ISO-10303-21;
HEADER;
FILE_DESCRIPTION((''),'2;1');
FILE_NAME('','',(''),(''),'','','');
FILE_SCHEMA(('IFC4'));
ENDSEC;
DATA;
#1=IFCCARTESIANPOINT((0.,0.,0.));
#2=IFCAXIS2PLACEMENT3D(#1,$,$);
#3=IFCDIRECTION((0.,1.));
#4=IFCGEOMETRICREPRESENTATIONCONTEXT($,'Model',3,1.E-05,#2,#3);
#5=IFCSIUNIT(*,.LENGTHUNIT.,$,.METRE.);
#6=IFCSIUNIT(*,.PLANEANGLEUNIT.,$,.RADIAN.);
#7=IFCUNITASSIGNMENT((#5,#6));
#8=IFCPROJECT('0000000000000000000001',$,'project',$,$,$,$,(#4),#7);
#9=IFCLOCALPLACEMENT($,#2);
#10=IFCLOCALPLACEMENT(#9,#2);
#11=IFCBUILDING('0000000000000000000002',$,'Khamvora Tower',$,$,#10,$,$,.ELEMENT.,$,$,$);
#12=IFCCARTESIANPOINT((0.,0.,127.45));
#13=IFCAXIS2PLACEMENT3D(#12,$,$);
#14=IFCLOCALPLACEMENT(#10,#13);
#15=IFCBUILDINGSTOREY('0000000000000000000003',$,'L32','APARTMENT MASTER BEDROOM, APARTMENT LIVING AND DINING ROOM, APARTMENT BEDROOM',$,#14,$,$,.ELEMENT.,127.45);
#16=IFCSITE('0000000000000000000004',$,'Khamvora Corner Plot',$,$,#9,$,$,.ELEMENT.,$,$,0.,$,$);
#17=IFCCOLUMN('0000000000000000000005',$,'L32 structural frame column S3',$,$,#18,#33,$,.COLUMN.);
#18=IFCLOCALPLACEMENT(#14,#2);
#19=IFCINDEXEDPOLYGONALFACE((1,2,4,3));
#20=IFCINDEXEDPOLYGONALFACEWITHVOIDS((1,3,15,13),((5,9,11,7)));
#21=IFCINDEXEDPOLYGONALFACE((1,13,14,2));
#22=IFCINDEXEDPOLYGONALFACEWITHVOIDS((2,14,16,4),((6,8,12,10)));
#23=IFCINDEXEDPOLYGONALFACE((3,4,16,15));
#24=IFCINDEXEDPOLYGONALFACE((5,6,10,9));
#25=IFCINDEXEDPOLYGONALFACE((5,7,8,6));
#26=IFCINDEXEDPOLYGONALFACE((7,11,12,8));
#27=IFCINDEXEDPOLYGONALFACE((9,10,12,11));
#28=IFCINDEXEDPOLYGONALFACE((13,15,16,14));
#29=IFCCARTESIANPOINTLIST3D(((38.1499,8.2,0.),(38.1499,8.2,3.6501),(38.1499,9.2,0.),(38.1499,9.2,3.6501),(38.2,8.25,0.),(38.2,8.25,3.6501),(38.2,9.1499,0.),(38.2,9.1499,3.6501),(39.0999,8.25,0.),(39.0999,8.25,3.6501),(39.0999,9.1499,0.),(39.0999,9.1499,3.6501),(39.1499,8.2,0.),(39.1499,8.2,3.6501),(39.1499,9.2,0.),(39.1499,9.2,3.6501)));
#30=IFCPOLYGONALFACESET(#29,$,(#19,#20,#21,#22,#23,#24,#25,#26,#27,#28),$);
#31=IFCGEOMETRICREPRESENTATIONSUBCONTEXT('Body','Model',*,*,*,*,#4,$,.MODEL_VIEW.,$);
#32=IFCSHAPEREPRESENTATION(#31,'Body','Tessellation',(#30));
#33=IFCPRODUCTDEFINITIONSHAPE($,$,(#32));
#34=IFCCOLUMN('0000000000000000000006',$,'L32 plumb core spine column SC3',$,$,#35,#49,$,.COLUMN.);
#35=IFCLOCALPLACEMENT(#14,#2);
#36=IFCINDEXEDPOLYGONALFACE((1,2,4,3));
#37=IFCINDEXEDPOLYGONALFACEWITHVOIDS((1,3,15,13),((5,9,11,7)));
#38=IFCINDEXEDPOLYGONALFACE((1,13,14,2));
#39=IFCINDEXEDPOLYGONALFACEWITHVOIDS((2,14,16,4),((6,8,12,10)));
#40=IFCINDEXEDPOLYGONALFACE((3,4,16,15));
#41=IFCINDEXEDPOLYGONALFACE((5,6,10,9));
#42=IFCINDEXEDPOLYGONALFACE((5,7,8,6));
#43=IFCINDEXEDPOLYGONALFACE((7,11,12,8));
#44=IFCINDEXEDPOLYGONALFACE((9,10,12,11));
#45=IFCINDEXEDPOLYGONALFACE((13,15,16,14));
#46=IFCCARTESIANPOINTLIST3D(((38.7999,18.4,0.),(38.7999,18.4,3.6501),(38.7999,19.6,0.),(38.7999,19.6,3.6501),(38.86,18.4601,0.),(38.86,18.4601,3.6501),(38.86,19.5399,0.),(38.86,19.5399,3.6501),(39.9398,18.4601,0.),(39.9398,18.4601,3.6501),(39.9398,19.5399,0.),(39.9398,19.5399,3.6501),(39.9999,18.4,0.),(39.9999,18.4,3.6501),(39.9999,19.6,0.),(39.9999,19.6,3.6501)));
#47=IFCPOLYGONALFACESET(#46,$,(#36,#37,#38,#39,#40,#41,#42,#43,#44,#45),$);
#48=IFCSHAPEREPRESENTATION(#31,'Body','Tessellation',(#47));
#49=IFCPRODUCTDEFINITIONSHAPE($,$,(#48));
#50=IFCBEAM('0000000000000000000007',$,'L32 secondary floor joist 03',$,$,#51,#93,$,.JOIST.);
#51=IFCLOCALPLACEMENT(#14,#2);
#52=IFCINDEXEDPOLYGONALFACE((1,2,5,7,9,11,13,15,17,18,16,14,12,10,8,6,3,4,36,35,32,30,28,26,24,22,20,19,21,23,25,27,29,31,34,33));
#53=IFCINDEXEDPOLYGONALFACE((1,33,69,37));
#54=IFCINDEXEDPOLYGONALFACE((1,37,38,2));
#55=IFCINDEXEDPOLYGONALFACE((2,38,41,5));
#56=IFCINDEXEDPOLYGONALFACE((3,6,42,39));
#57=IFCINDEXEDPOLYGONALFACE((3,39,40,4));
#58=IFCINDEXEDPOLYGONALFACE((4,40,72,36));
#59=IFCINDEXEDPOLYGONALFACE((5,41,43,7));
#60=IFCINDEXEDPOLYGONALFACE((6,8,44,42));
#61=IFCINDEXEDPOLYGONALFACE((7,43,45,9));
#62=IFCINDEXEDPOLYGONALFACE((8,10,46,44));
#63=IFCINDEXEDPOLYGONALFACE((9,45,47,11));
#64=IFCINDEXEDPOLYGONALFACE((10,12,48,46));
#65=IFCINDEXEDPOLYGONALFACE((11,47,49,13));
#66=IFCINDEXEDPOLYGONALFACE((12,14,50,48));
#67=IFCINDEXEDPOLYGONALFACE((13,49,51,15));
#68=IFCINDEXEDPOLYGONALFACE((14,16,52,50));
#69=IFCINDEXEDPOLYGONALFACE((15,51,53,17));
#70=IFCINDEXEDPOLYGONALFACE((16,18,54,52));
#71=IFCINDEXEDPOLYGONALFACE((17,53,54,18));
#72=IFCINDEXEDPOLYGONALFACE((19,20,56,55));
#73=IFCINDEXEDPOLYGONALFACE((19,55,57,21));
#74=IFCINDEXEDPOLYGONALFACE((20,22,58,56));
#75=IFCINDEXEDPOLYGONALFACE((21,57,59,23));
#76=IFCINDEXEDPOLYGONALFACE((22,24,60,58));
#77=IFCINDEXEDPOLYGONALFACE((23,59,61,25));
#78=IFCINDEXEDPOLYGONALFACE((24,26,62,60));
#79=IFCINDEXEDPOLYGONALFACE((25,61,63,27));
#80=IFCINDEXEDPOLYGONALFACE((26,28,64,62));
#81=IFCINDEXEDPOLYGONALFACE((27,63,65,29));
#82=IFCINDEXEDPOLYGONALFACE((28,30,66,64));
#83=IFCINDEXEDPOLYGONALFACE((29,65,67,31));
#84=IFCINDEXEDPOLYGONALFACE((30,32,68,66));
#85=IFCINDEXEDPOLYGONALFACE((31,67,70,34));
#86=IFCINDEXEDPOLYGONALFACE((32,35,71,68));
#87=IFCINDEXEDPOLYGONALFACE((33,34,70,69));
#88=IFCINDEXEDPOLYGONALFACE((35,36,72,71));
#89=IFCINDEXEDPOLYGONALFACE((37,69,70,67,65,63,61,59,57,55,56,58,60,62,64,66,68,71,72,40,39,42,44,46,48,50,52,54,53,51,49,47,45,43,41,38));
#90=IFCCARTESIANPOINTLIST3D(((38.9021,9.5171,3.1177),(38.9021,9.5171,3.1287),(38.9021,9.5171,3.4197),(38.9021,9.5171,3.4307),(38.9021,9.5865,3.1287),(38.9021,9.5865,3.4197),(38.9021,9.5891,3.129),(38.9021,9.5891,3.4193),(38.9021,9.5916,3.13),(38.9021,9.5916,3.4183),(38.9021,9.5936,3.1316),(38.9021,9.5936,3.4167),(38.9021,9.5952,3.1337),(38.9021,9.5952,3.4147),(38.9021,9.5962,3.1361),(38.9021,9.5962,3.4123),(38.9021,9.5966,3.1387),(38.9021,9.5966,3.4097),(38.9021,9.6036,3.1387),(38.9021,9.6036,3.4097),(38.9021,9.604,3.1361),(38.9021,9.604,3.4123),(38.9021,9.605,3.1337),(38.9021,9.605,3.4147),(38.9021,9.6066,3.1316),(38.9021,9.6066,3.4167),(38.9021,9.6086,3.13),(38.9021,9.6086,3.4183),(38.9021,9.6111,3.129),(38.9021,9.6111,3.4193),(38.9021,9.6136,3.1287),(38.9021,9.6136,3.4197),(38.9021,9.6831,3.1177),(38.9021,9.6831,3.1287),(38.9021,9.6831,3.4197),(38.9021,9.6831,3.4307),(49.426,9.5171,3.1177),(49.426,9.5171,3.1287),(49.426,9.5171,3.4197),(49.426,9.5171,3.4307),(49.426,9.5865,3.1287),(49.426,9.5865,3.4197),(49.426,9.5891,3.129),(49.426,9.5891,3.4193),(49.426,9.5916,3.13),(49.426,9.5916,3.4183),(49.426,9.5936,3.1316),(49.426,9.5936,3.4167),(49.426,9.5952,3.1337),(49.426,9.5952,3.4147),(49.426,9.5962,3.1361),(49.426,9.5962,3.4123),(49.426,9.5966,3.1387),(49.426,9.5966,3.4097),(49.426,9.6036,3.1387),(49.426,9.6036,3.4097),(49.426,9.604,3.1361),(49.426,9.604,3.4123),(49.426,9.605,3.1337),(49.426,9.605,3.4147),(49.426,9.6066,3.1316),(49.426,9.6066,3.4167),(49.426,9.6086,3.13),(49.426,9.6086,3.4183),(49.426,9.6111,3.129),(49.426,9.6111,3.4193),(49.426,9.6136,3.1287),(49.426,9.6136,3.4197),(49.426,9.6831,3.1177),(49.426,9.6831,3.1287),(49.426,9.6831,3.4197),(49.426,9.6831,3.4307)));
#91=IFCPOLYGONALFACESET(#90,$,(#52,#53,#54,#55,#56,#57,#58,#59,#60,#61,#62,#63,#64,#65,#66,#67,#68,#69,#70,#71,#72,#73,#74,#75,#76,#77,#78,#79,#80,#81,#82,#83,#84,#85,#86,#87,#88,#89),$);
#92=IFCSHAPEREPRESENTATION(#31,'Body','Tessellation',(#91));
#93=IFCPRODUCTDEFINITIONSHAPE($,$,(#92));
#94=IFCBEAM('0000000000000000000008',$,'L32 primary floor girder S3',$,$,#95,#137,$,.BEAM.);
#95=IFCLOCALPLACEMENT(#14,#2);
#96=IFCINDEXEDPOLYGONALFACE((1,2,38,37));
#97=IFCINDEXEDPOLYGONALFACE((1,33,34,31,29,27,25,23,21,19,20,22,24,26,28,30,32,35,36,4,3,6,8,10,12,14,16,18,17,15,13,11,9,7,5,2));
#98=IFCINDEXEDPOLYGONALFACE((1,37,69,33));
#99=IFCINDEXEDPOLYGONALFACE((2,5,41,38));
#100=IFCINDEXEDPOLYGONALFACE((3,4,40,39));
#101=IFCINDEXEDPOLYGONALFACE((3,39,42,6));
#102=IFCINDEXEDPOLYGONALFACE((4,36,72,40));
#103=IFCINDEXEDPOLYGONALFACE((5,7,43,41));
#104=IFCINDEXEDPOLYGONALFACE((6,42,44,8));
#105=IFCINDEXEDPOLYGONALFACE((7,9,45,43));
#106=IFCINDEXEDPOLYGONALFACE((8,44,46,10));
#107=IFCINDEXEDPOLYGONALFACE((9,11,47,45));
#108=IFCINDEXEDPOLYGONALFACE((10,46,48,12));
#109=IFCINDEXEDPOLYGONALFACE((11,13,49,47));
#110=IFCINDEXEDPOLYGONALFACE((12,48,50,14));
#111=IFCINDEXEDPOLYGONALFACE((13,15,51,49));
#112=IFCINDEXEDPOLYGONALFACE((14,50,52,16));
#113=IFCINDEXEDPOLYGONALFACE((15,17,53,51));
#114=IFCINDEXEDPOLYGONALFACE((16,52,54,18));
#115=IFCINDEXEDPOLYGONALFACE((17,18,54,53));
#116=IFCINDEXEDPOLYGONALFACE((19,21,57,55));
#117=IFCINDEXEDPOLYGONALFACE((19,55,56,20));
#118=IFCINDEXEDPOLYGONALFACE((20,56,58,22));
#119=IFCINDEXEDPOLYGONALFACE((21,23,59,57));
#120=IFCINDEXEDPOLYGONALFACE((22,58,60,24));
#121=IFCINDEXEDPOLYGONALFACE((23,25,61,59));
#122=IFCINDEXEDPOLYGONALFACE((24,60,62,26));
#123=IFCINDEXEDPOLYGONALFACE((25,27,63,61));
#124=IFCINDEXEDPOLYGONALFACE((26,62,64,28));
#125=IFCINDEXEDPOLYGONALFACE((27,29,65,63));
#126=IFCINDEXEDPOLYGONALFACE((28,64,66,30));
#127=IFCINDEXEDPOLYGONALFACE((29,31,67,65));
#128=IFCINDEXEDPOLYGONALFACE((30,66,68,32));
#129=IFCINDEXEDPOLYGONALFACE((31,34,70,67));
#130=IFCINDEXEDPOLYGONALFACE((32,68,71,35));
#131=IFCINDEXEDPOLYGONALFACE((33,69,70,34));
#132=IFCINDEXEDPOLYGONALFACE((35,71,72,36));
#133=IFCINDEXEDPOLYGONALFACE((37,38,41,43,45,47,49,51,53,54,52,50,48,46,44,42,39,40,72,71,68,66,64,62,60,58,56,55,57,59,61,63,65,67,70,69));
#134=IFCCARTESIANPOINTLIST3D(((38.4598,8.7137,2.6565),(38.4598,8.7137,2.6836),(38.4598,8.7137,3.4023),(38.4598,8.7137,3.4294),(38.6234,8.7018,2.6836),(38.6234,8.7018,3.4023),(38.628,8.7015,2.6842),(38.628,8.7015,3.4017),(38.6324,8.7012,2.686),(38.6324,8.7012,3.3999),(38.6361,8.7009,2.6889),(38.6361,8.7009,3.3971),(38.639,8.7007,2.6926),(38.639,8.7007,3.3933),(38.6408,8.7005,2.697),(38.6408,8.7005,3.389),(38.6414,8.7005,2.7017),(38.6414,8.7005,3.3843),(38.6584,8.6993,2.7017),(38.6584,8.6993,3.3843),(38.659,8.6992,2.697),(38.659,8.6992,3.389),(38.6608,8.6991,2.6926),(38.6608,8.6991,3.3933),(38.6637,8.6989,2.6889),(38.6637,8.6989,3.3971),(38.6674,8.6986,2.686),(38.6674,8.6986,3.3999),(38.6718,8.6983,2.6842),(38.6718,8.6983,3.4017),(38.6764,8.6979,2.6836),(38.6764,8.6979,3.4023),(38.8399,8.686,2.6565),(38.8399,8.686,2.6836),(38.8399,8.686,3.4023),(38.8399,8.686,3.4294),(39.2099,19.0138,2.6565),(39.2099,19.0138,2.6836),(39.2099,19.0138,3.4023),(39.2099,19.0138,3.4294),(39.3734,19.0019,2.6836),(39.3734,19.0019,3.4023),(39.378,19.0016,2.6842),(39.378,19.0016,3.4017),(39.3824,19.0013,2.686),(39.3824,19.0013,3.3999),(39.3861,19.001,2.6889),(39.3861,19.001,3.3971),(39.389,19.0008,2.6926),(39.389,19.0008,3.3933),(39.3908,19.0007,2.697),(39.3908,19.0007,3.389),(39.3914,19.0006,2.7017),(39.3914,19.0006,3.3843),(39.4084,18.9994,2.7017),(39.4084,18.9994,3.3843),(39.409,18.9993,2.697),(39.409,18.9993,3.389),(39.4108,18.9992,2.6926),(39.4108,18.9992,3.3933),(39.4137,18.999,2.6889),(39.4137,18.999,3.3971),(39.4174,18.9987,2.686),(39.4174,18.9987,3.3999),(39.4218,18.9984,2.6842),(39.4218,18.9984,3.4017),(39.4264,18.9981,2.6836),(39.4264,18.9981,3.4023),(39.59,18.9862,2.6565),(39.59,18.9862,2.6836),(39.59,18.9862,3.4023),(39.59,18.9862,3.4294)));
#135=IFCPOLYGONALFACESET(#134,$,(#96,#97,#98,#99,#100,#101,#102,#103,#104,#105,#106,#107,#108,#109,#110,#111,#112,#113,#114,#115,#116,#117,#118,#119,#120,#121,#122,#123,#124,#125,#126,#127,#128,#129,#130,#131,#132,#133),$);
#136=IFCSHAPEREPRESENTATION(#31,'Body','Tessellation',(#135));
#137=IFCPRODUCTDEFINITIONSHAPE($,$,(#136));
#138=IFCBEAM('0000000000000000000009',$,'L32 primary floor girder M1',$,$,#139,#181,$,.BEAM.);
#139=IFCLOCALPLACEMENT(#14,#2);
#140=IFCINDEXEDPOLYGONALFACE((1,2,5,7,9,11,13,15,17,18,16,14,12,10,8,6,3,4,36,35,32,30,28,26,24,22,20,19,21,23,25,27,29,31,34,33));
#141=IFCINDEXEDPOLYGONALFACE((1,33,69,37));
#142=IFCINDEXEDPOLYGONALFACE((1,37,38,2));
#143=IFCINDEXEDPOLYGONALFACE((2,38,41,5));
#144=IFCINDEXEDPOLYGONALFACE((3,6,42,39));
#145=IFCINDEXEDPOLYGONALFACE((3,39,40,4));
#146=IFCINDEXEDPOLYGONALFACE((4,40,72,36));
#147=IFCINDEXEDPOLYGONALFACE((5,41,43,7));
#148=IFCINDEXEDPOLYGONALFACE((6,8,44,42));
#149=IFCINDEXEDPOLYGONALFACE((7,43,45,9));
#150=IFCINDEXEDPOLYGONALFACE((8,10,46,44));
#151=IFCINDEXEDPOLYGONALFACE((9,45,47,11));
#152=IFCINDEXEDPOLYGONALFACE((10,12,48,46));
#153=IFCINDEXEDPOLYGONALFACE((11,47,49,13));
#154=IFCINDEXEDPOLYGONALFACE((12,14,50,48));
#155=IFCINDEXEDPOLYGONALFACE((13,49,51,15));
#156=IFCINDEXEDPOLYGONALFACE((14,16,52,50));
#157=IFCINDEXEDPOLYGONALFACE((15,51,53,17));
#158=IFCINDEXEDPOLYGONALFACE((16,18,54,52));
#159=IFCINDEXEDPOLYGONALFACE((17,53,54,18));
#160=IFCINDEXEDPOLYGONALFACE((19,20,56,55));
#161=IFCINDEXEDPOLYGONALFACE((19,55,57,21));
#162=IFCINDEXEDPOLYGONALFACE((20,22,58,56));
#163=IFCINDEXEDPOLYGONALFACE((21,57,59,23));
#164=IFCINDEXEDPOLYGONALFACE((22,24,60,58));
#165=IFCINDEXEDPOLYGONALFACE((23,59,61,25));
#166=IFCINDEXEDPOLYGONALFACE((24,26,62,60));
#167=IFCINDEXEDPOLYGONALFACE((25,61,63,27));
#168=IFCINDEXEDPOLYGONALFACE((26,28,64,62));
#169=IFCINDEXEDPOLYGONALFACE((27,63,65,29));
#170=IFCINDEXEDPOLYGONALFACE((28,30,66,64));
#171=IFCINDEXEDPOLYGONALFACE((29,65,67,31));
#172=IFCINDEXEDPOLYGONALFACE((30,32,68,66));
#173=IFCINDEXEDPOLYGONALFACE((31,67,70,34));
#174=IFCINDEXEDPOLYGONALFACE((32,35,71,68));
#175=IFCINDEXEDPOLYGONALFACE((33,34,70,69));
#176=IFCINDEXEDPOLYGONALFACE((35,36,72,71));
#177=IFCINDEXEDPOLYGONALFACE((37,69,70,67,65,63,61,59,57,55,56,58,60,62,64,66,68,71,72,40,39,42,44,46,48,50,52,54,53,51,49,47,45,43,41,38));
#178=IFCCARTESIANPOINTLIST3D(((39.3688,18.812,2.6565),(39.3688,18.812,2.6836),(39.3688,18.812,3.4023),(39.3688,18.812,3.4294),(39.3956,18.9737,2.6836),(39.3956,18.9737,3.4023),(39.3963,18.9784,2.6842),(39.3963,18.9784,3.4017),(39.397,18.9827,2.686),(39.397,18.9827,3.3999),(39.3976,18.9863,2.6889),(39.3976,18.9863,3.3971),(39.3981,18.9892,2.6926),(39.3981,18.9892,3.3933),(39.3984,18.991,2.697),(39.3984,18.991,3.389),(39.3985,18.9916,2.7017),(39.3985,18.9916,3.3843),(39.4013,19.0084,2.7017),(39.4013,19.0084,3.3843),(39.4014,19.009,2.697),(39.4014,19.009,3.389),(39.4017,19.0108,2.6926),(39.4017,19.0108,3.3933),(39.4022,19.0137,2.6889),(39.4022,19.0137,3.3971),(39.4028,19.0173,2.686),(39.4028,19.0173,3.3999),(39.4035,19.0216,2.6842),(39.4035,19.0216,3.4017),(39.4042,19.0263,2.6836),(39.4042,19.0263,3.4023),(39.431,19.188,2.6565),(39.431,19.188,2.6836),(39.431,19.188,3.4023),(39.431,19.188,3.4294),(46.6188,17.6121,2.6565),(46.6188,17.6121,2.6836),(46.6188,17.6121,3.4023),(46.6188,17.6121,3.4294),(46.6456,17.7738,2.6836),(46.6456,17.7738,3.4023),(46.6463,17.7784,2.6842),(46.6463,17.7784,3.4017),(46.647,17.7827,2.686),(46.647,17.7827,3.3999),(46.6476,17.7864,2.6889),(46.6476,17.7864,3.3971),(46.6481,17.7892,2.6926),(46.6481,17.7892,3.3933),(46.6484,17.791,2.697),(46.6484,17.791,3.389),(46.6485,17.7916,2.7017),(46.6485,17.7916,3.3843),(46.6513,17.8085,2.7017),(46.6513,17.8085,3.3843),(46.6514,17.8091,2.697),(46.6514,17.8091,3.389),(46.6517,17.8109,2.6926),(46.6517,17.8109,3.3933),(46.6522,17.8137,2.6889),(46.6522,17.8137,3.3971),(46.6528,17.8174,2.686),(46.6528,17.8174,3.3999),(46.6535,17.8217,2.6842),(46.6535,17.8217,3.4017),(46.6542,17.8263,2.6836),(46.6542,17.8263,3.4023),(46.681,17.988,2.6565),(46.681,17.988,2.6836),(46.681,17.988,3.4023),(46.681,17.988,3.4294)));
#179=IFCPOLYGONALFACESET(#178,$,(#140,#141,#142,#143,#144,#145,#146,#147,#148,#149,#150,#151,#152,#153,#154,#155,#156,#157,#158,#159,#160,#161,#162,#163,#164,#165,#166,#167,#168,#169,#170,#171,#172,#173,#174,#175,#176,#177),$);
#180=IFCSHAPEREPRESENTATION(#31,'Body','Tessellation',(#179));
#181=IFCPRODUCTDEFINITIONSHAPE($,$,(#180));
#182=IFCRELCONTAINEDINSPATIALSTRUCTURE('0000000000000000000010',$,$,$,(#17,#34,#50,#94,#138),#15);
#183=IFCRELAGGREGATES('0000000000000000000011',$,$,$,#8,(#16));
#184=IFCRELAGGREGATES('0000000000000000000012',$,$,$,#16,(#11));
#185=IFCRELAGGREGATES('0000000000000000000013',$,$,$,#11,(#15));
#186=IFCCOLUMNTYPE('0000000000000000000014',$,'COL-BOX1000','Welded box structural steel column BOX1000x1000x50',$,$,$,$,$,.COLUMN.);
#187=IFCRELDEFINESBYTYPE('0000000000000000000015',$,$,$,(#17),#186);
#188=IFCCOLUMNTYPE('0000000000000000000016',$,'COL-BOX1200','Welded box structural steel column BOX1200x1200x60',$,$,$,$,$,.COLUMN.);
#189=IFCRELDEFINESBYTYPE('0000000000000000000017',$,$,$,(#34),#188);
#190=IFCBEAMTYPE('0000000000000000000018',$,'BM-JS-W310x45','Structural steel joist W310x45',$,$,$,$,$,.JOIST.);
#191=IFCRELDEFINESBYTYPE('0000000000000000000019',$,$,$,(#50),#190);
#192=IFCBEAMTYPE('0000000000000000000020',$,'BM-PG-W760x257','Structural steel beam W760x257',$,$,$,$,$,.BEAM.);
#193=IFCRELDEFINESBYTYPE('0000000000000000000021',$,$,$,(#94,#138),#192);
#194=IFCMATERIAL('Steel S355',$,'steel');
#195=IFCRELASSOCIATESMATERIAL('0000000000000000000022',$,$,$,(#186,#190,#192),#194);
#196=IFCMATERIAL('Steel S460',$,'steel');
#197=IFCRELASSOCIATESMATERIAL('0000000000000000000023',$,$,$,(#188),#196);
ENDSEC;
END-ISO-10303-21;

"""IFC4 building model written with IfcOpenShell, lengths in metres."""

from ifc_helpers import new_model, si_unit, direction, frame, origin, origin_2d, place, context, subcontext, project, spatial, hollow_rectangle, i_section, extrude, material, material_profile, profile_set, type_object, element, save


model = new_model("IFC4")

# Units and contexts
model_context = context("Model", 3, precision=1e-05, world=origin(), true_north=direction((0.0, 1.0)))
body_context = subcontext(model_context, "Body", "Model", "MODEL_VIEW")
ifc_project = project(units=[si_unit("LENGTHUNIT", "METRE"), si_unit("PLANEANGLEUNIT", "RADIAN")], contexts=[model_context])

# Site, building, storey
site_placement = place(None, origin())
site = spatial("IfcSite", under=ifc_project, at=site_placement, Name="Khamvora Corner Plot", CompositionType="ELEMENT", RefElevation=0.0)
building_placement = place(site_placement, origin())
building = spatial("IfcBuilding", under=site, at=building_placement, Name="Khamvora Tower", CompositionType="ELEMENT")
storey_placement = place(building_placement, frame((0.0, 0.0, 127.45)))
storey = spatial("IfcBuildingStorey", under=building, at=storey_placement, Name="L32", Description="APARTMENT MASTER BEDROOM, APARTMENT LIVING AND DINING ROOM, APARTMENT BEDROOM", CompositionType="ELEMENT", Elevation=127.45)

# Columns
ifc_material_1 = material(Name="Steel S355", Category="steel")
ifc_material_profile_1 = material_profile(ifc_material_1, hollow_rectangle(XDim=1.0, YDim=1.0, WallThickness=0.05, at=origin_2d()), Name="BOX1000x1000x50")
ifc_profile_set_1 = profile_set([ifc_material_profile_1], Name="Steel S355")
column_type_1 = type_object("IfcColumnType", Name="COL-BOX1000", Description="Welded box structural steel column BOX1000x1000x50", PredefinedType="COLUMN", material=ifc_profile_set_1)
column_1_placement = place(storey_placement, frame((38.6499, 8.7, 0.0), z_axis=(0.0, 0.0, 1.0), x_axis=(1.0, 0.0, 0.0)))
element("IfcColumn", 1, at=column_1_placement, inside=storey, type_object=column_type_1, Name="L32 structural frame column S3", PredefinedType="COLUMN", context=body_context, shape_type="SweptSolid", body=[
    extrude(hollow_rectangle(XDim=1.0, YDim=1.0, WallThickness=0.05, at=origin_2d()), origin(), (0.0, 0.0, 1.0), 3.6501),
])
ifc_material_2 = material(Name="Steel S460", Category="steel")
ifc_material_profile_2 = material_profile(ifc_material_2, hollow_rectangle(XDim=1.2, YDim=1.2, WallThickness=0.0601, at=origin_2d()), Name="BOX1200x1200x60")
ifc_profile_set_2 = profile_set([ifc_material_profile_2], Name="Steel S460")
column_type_2 = type_object("IfcColumnType", Name="COL-BOX1200", Description="Welded box structural steel column BOX1200x1200x60", PredefinedType="COLUMN", material=ifc_profile_set_2)
column_2_placement = place(storey_placement, frame((39.3999, 19.0, 0.0), z_axis=(0.0, 0.0, 1.0), x_axis=(1.0, 0.0, 0.0)))
element("IfcColumn", 2, at=column_2_placement, inside=storey, type_object=column_type_2, Name="L32 plumb core spine column SC3", PredefinedType="COLUMN", context=body_context, shape_type="SweptSolid", body=[
    extrude(hollow_rectangle(XDim=1.2, YDim=1.2, WallThickness=0.0601, at=origin_2d()), origin(), (0.0, 0.0, 1.0), 3.6501),
])

# Beams
ifc_material_profile_3 = material_profile(ifc_material_1, i_section(OverallWidth=0.166, OverallDepth=0.313, WebThickness=0.0071, FlangeThickness=0.011, FilletRadius=0.01, at=origin_2d()), Name="W310x45")
ifc_profile_set_3 = profile_set([ifc_material_profile_3], Name="Steel S355")
beam_type_1 = type_object("IfcBeamType", Name="BM-JS-W310x45", Description="Structural steel joist W310x45", PredefinedType="JOIST", material=ifc_profile_set_3)
beam_1_placement = place(storey_placement, frame((38.9021, 9.6001, 3.2742), z_axis=(1.0, 0.0, 0.0), x_axis=(0.0, 1.0, 0.0)))
element("IfcBeam", 3, at=beam_1_placement, inside=storey, type_object=beam_type_1, Name="L32 secondary floor joist 03", PredefinedType="JOIST", context=body_context, shape_type="SweptSolid", body=[
    extrude(i_section(OverallWidth=0.166, OverallDepth=0.313, WebThickness=0.0071, FlangeThickness=0.011, FilletRadius=0.01, at=origin_2d()), origin(), (0.0, 0.0, 1.0), 10.5239),
])
ifc_material_profile_4 = material_profile(ifc_material_1, i_section(OverallWidth=0.3811, OverallDepth=0.7729, WebThickness=0.0171, FlangeThickness=0.0271, FilletRadius=0.0181, at=origin_2d()), Name="W760x257")
ifc_profile_set_4 = profile_set([ifc_material_profile_4], Name="Steel S355")
beam_type_2 = type_object("IfcBeamType", Name="BM-PG-W760x257", Description="Structural steel beam W760x257", PredefinedType="BEAM", material=ifc_profile_set_4)
beam_2_placement = place(storey_placement, frame((39.3999, 19.0, 3.043), z_axis=(-0.072623, -0.997359, 0.0), x_axis=(0.997359, -0.072623, 0.0)))
element("IfcBeam", 4, at=beam_2_placement, inside=storey, type_object=beam_type_2, Name="L32 primary floor girder S3", PredefinedType="BEAM", context=body_context, shape_type="SweptSolid", body=[
    extrude(i_section(OverallWidth=0.3811, OverallDepth=0.7729, WebThickness=0.0171, FlangeThickness=0.0271, FilletRadius=0.0181, at=origin_2d()), origin(), (0.0, 0.0, 1.0), 10.3274),
])
beam_3_placement = place(storey_placement, frame((39.3999, 19.0, 3.043), z_axis=(0.986578, -0.163289, 0.0), x_axis=(0.163289, 0.986578, 0.0)))
element("IfcBeam", 5, at=beam_3_placement, inside=storey, type_object=beam_type_2, Name="L32 primary floor girder M1", PredefinedType="BEAM", context=body_context, shape_type="SweptSolid", body=[
    extrude(i_section(OverallWidth=0.3811, OverallDepth=0.7729, WebThickness=0.0171, FlangeThickness=0.0271, FilletRadius=0.0181, at=origin_2d()), origin(), (0.0, 0.0, 1.0), 7.3486),
])

save(model, "model.ifc")
